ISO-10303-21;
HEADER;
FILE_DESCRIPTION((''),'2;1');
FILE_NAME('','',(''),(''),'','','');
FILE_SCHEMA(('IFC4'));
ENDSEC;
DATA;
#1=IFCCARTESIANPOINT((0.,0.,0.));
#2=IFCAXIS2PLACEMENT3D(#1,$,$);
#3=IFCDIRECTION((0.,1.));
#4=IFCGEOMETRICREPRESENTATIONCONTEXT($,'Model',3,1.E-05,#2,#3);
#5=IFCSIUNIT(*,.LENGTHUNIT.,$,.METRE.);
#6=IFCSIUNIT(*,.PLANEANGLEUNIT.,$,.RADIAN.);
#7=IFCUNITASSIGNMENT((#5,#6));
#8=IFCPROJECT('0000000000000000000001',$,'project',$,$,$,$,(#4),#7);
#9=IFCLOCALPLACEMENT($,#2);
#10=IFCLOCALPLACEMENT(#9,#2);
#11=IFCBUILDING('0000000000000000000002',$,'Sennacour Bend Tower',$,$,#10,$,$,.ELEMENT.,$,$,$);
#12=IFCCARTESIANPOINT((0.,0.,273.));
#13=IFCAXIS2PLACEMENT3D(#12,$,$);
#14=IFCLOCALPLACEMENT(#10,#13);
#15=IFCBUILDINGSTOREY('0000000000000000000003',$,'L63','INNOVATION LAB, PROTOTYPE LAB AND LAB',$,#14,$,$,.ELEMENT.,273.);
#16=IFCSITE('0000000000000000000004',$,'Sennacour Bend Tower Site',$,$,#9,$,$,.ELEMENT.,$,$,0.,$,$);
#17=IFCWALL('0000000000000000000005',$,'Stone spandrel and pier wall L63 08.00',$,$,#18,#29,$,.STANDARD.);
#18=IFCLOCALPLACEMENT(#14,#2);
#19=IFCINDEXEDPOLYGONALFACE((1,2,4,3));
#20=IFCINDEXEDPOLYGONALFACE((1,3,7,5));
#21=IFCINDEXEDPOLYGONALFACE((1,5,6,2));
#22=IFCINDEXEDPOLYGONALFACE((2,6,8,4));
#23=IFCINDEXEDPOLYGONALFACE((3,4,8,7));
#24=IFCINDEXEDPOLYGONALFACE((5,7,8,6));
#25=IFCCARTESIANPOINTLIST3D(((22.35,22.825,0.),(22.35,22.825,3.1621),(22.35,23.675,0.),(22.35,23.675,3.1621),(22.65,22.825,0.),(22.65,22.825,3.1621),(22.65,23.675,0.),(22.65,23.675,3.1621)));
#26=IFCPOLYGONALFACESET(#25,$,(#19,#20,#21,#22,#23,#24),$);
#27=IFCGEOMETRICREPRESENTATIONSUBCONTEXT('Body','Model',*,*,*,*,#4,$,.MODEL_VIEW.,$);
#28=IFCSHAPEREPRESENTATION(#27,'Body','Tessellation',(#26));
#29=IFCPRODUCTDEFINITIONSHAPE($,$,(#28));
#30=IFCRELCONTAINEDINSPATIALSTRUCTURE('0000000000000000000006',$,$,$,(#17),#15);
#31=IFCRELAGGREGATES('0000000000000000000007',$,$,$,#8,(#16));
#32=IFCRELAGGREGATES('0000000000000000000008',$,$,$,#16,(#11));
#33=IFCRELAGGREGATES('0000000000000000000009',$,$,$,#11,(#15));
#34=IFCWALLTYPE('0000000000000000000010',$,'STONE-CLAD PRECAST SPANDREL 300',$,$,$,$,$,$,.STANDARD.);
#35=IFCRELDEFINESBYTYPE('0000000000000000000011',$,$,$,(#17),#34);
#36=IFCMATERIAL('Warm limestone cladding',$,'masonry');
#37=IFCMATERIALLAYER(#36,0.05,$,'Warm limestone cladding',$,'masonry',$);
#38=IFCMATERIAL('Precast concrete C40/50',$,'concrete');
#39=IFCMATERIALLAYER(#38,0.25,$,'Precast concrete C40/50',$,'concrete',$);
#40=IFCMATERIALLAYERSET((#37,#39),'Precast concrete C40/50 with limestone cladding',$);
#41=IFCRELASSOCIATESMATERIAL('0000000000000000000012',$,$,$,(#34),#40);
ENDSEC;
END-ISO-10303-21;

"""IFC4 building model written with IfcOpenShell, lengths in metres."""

from ifc_helpers import new_model, si_unit, direction, frame, frame_2d, origin, place, context, subcontext, project, spatial, rectangle, extrude, material, layer, layer_set, type_object, element, save


model = new_model("IFC4")

# Units and contexts
model_context = context("Model", 3, precision=1e-05, world=origin(), true_north=direction((0.0, 1.0)))
body_context = subcontext(model_context, "Body", "Model", "MODEL_VIEW")
ifc_project = project(units=[si_unit("LENGTHUNIT", "METRE"), si_unit("PLANEANGLEUNIT", "RADIAN")], contexts=[model_context])

# Site, building, storey
site_placement = place(None, origin())
site = spatial("IfcSite", under=ifc_project, at=site_placement, Name="Sennacour Bend Tower Site", CompositionType="ELEMENT", RefElevation=0.0)
building_placement = place(site_placement, origin())
building = spatial("IfcBuilding", under=site, at=building_placement, Name="Sennacour Bend Tower", CompositionType="ELEMENT")
storey_placement = place(building_placement, frame((0.0, 0.0, 273.0)))
storey = spatial("IfcBuildingStorey", under=building, at=storey_placement, Name="L63", Description="INNOVATION LAB, PROTOTYPE LAB AND LAB", CompositionType="ELEMENT", Elevation=273.0)

# Shared definitions
ifc_material_1 = material(Name="Warm limestone cladding", Category="masonry")
ifc_layer_1 = layer(ifc_material_1, 0.05, Name="Warm limestone cladding", Category="masonry")
ifc_material_2 = material(Name="Precast concrete C40/50", Category="concrete")
ifc_layer_2 = layer(ifc_material_2, 0.25, Name="Precast concrete C40/50", Category="concrete")
ifc_layer_set_1 = layer_set([ifc_layer_1, ifc_layer_2], Name="Precast concrete C40/50 with limestone cladding")
wall_type_1 = type_object("IfcWallType", Name="STONE-CLAD PRECAST SPANDREL 300", PredefinedType="STANDARD", material=ifc_layer_set_1)

# Wall
wall_1_placement = place(storey_placement, frame((22.5, 23.675, 0.0), z_axis=(0.0, 0.0, 1.0), x_axis=(0.0, -1.0, 0.0)))
element("IfcWall", 1, at=wall_1_placement, inside=storey, type_object=wall_type_1, Name="Stone spandrel and pier wall L63 08.00", PredefinedType="STANDARD", context=body_context, shape_type="SweptSolid", body=[
    extrude(rectangle(XDim=0.8501, YDim=0.3, at=frame_2d((0.425, 0.0))), origin(), (0.0, 0.0, 1.0), 3.1621),
])

save(model, "model.ifc")
